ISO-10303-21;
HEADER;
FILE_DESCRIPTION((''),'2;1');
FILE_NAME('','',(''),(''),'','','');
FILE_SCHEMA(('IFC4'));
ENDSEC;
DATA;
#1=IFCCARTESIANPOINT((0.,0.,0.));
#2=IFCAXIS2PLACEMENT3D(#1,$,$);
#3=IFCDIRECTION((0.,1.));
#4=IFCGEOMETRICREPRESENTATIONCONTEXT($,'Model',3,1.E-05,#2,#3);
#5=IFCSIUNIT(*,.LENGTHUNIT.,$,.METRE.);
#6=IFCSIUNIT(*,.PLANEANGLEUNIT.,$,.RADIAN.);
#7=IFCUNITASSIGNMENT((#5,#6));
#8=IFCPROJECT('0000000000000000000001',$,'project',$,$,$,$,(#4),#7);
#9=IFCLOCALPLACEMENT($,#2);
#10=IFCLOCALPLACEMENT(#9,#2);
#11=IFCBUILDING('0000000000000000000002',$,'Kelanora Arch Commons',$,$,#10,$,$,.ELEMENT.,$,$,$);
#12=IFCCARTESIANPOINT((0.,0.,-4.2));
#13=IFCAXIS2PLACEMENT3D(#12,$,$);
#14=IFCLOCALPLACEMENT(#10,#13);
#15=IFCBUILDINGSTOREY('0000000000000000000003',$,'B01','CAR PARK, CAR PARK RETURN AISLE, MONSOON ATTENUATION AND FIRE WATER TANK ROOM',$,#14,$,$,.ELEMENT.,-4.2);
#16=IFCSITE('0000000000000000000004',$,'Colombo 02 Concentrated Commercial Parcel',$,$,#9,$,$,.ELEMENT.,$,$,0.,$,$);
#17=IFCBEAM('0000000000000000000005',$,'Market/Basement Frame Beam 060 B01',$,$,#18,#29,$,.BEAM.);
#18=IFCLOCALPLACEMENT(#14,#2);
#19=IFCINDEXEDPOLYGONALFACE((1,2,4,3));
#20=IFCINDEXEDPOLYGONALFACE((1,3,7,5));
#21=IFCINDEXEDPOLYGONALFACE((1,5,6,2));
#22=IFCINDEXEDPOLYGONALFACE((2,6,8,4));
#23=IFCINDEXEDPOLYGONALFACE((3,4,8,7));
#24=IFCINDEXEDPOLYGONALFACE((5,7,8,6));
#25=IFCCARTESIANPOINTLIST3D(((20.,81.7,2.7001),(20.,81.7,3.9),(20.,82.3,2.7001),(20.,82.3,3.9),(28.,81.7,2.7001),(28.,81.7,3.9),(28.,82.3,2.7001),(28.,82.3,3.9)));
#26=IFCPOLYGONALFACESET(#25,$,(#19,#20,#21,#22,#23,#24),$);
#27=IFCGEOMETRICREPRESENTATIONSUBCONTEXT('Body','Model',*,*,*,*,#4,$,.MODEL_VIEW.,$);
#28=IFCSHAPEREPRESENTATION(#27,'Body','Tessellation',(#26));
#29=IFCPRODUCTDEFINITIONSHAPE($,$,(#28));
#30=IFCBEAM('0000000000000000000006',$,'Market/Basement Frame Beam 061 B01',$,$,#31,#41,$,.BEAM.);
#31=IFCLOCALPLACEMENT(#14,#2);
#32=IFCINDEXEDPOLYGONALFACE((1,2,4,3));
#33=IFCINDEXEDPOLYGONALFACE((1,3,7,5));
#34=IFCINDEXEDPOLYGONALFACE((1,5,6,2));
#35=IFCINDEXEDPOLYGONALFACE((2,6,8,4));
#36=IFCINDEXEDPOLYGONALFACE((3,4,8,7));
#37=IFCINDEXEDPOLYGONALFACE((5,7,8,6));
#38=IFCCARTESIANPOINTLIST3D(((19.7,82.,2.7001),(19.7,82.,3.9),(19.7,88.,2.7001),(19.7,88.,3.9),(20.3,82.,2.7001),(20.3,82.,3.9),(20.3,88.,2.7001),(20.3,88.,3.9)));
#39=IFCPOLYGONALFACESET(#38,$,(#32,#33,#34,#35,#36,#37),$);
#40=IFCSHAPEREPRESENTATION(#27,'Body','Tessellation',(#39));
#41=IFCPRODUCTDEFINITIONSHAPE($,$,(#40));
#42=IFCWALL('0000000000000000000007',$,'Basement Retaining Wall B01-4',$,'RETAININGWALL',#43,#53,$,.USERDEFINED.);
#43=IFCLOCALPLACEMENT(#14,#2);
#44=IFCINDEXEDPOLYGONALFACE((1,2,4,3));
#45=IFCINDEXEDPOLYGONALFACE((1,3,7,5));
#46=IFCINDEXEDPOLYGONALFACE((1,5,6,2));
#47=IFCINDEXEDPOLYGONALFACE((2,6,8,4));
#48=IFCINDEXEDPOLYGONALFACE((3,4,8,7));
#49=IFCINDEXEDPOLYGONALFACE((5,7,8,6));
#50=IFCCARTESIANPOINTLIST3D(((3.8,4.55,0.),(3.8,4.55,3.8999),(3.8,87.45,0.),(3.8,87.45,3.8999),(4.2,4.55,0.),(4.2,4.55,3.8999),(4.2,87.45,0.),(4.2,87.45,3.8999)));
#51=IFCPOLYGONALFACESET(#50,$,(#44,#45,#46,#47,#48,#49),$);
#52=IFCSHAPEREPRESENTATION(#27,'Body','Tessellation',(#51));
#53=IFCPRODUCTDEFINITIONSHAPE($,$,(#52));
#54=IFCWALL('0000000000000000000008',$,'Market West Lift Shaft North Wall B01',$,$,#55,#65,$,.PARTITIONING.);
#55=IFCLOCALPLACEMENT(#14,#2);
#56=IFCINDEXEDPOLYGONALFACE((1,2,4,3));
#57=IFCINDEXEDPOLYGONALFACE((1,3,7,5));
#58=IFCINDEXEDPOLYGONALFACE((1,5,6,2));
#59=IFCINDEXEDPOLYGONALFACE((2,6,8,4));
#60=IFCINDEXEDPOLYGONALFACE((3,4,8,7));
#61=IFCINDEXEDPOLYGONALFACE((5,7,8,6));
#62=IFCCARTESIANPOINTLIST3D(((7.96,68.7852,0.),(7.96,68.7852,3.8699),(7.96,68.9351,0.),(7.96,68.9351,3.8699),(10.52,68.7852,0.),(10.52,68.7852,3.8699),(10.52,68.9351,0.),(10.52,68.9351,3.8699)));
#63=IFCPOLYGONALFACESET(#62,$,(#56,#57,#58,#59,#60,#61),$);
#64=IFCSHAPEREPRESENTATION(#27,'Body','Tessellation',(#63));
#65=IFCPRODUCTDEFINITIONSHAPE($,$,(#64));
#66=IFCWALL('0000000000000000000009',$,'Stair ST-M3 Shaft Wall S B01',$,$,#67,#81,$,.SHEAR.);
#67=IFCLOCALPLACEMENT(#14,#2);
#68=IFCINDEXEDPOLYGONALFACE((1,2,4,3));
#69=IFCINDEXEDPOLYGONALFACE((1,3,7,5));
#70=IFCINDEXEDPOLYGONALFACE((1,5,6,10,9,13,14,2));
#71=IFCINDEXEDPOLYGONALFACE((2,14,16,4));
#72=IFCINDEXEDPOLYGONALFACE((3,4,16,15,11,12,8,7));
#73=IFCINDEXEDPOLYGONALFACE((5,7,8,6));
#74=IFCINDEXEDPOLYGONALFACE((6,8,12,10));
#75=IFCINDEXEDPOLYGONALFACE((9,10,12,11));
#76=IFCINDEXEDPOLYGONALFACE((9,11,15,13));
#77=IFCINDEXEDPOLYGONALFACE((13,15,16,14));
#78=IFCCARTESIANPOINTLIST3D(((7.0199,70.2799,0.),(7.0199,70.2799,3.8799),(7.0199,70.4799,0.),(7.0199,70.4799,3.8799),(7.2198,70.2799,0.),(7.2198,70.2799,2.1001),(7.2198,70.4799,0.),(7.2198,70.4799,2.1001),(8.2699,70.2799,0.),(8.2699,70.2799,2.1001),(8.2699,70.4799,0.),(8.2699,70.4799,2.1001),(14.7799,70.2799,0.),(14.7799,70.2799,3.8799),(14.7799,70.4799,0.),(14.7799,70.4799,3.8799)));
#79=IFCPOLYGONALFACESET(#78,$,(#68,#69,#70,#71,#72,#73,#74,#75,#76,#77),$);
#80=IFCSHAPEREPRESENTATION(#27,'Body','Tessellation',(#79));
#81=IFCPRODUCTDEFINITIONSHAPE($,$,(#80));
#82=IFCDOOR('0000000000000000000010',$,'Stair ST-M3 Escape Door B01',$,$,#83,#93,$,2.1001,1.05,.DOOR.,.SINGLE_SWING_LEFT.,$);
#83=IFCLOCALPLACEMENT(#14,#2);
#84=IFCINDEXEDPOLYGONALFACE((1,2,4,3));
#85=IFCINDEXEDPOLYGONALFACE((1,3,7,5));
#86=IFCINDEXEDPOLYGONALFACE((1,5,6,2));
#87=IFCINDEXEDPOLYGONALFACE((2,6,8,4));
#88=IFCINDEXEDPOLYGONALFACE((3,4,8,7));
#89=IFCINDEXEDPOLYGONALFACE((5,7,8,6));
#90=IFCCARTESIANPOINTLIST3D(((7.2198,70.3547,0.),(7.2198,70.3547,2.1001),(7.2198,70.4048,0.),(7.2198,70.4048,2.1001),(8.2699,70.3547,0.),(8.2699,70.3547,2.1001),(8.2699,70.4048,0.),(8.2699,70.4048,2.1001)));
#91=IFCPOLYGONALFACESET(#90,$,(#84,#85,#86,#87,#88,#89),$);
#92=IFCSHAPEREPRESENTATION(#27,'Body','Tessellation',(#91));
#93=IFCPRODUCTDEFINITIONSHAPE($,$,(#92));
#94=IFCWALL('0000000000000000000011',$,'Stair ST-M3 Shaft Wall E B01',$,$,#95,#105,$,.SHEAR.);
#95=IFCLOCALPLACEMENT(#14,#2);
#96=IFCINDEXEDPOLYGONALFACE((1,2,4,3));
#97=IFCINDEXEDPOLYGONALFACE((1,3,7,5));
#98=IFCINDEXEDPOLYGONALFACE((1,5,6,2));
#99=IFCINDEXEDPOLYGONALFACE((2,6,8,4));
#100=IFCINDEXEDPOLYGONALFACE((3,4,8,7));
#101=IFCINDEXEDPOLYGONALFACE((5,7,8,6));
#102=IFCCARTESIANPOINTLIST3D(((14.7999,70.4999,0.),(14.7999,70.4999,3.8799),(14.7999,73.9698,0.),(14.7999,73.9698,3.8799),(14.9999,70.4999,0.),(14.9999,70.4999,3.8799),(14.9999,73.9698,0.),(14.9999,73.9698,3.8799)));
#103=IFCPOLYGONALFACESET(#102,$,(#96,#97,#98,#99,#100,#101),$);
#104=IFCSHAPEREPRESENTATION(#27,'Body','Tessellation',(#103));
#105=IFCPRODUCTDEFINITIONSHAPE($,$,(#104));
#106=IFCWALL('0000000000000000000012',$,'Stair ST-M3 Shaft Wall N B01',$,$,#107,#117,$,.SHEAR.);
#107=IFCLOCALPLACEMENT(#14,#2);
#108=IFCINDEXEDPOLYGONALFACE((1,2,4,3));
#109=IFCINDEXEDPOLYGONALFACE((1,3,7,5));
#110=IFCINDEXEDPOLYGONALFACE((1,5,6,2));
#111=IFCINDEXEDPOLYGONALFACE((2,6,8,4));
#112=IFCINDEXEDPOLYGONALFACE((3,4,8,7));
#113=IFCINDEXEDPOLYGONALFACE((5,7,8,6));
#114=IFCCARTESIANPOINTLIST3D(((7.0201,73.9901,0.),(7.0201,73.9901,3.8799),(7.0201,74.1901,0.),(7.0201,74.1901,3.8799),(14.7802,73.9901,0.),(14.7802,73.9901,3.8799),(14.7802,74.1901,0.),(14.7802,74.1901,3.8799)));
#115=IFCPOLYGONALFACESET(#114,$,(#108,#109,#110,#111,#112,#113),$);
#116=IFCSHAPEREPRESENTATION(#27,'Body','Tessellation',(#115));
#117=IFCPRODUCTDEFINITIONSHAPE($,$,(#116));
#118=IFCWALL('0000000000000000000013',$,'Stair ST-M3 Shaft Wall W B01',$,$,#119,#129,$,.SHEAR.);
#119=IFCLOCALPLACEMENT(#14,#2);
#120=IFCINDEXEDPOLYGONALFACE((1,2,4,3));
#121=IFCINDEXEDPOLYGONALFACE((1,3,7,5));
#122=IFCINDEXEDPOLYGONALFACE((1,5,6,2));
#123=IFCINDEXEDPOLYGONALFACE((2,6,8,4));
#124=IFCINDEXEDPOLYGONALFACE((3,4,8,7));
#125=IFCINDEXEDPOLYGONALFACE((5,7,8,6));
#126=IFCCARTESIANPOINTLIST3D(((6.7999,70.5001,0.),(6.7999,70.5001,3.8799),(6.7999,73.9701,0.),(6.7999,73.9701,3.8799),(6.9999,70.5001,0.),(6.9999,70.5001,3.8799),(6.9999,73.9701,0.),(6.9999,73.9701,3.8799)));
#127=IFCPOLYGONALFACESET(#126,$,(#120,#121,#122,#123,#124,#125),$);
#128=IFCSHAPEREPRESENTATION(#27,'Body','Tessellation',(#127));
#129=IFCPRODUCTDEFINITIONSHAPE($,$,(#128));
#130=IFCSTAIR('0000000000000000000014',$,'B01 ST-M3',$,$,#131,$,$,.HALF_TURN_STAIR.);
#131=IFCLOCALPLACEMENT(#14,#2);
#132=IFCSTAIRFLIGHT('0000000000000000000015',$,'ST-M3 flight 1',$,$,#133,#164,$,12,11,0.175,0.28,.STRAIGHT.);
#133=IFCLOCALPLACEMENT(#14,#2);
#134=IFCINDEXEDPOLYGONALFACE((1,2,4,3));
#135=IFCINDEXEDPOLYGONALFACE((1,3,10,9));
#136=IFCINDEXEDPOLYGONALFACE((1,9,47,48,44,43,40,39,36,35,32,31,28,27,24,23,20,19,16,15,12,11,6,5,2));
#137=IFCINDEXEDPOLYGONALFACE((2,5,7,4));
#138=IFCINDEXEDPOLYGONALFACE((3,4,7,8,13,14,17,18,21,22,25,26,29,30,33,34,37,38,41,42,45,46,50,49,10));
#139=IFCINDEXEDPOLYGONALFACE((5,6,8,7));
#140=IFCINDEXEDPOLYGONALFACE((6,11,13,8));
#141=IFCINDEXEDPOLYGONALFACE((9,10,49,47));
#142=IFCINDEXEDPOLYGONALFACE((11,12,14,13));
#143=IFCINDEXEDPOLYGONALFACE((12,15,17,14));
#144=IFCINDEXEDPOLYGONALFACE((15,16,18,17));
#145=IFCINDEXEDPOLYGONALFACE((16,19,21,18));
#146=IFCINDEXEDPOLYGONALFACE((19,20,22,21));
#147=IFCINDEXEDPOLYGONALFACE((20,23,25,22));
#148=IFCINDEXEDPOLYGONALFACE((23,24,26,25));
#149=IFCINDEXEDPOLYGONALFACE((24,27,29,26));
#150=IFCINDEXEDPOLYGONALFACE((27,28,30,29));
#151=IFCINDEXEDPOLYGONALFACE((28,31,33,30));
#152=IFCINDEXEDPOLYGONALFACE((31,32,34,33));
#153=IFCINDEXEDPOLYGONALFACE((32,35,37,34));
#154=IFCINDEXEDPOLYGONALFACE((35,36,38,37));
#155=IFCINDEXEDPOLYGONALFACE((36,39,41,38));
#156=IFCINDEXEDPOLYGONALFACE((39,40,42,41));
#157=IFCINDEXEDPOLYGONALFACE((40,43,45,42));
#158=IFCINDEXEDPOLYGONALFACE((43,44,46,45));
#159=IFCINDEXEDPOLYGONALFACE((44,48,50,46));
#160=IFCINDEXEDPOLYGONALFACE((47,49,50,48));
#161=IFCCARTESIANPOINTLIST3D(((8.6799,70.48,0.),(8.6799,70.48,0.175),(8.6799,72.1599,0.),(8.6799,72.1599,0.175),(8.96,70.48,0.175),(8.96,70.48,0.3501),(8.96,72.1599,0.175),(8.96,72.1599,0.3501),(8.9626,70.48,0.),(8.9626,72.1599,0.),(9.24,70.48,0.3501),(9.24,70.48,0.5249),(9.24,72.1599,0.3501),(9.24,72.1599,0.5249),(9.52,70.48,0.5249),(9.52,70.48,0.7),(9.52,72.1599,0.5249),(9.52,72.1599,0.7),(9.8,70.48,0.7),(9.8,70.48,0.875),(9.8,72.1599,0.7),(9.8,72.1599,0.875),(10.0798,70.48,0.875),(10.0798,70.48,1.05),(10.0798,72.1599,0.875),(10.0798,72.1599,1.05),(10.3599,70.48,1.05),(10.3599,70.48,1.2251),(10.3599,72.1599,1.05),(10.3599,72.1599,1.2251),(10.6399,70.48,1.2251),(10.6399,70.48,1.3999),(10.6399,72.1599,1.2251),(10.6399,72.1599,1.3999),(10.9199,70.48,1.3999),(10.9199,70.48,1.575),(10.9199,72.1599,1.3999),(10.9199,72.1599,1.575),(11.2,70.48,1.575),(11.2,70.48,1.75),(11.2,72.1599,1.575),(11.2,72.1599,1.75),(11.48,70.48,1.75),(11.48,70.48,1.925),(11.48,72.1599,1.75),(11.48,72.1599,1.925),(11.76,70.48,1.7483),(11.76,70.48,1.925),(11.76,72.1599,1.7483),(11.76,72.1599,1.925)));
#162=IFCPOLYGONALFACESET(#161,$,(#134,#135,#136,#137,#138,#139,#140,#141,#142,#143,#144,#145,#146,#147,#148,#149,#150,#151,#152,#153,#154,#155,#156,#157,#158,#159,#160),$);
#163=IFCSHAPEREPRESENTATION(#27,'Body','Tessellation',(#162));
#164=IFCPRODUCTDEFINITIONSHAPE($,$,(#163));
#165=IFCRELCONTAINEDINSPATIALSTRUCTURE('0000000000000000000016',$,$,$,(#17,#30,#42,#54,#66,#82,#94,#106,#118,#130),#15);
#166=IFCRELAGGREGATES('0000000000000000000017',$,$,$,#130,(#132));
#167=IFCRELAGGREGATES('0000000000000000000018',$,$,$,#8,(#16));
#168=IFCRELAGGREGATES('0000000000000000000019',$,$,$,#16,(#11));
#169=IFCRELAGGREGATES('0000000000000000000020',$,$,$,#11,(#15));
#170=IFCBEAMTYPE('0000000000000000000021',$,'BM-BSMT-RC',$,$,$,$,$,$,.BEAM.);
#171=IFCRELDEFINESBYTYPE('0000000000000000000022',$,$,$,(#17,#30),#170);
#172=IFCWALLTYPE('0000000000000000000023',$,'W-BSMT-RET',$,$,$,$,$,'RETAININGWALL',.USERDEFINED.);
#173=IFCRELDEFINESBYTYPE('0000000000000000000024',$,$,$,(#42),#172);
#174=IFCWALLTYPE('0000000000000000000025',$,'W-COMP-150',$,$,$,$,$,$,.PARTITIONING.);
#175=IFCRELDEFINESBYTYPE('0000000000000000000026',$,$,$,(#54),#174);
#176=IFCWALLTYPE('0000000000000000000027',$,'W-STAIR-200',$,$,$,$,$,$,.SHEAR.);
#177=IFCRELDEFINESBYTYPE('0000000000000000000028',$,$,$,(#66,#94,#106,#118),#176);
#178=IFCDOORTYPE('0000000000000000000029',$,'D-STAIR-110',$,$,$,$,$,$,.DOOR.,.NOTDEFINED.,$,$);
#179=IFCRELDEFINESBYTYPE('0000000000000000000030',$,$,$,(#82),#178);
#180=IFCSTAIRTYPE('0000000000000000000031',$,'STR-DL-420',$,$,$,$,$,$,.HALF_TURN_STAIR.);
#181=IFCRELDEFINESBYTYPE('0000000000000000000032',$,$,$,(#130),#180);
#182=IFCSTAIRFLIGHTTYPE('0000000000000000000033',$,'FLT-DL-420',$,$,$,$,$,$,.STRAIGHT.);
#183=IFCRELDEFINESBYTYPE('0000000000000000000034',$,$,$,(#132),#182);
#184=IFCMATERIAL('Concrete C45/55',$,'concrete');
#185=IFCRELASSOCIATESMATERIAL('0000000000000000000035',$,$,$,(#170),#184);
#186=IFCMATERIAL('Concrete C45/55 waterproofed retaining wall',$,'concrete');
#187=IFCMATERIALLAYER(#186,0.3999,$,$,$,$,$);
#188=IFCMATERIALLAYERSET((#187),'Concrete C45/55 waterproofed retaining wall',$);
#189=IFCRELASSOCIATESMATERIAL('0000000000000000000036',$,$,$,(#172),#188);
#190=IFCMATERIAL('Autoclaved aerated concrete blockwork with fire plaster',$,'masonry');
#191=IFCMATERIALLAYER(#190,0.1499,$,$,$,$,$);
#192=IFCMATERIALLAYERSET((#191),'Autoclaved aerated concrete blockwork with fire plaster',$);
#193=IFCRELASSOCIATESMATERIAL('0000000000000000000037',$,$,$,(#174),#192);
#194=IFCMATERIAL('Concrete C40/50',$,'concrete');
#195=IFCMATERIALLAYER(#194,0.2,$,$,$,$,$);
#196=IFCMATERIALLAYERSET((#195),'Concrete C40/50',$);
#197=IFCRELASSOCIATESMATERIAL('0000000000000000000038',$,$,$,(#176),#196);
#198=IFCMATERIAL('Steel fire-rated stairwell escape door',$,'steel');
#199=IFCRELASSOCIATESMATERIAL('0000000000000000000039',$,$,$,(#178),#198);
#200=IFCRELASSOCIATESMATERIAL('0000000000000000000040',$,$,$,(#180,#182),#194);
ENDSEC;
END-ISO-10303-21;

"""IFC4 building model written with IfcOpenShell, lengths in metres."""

from ifc_helpers import new_model, si_unit, direction, frame, frame_2d, origin, origin_2d, place, context, subcontext, project, spatial, polyline, rectangle, outline, extrude, material, layer, layer_set, material_profile, profile_set, type_object, element, fill, aggregate, save


model = new_model("IFC4")

# Units and contexts
model_context = context("Model", 3, precision=1e-05, world=origin(), true_north=direction((0.0, 1.0)))
body_context = subcontext(model_context, "Body", "Model", "MODEL_VIEW")
ifc_project = project(units=[si_unit("LENGTHUNIT", "METRE"), si_unit("PLANEANGLEUNIT", "RADIAN")], contexts=[model_context])

# Site, building, storey
site_placement = place(None, origin())
site = spatial("IfcSite", under=ifc_project, at=site_placement, Name="Colombo 02 Concentrated Commercial Parcel", CompositionType="ELEMENT", RefElevation=0.0)
building_placement = place(site_placement, origin())
building = spatial("IfcBuilding", under=site, at=building_placement, Name="Kelanora Arch Commons", CompositionType="ELEMENT")
storey_placement = place(building_placement, frame((0.0, 0.0, -4.2)))
storey = spatial("IfcBuildingStorey", under=building, at=storey_placement, Name="B01", Description="CAR PARK, CAR PARK RETURN AISLE, MONSOON ATTENUATION AND FIRE WATER TANK ROOM", CompositionType="ELEMENT", Elevation=-4.2)

# Beams
ifc_material_1 = material(Name="Concrete C45/55", Category="concrete")
ifc_material_profile_1 = material_profile(ifc_material_1, rectangle(XDim=0.6001, YDim=1.2, at=origin_2d()), Name="RCB600x1200")
ifc_profile_set_1 = profile_set([ifc_material_profile_1], Name="Concrete C45/55")
beam_type = type_object("IfcBeamType", Name="BM-BSMT-RC", PredefinedType="BEAM", material=ifc_profile_set_1)
for number, where, z_axis, x_axis, name in (
    (1, (20.0, 82.0, 3.3), (1.0, 0.0, 0.0), (0.0, 1.0, 0.0), "Market/Basement Frame Beam 060 B01"),
):
    element("IfcBeam", number, at=place(storey_placement, frame(where, z_axis=z_axis, x_axis=x_axis)), inside=storey, type_object=beam_type, Name=name, PredefinedType="BEAM", context=body_context, shape_type="SweptSolid", body=[
        extrude(rectangle(XDim=0.6001, YDim=1.2, at=origin_2d()), origin(), (0.0, 0.0, 1.0), 8.0),
    ])
beam_1_placement = place(storey_placement, frame((20.0, 82.0, 3.3), z_axis=(0.0, 1.0, 0.0), x_axis=(-1.0, 0.0, 0.0)))
element("IfcBeam", 2, at=beam_1_placement, inside=storey, type_object=beam_type, Name="Market/Basement Frame Beam 061 B01", PredefinedType="BEAM", context=body_context, shape_type="SweptSolid", body=[
    extrude(rectangle(XDim=0.6001, YDim=1.2, at=origin_2d()), origin(), (0.0, 0.0, 1.0), 6.0),
])

# Walls
ifc_material_2 = material(Name="Concrete C45/55 waterproofed retaining wall", Category="concrete")
ifc_layer_1 = layer(ifc_material_2, 0.3999)
ifc_layer_set_1 = layer_set([ifc_layer_1], Name="Concrete C45/55 waterproofed retaining wall")
wall_type_1 = type_object("IfcWallType", Name="W-BSMT-RET", ElementType="RETAININGWALL", PredefinedType="USERDEFINED", material=ifc_layer_set_1)
wall_1_placement = place(storey_placement, frame((4.0, 87.45, 0.0), z_axis=(0.0, 0.0, 1.0), x_axis=(0.0, -1.0, 0.0)))
element("IfcWall", 3, at=wall_1_placement, inside=storey, type_object=wall_type_1, Name="Basement Retaining Wall B01-4", ObjectType="RETAININGWALL", PredefinedType="USERDEFINED", context=body_context, shape_type="SweptSolid", body=[
    extrude(rectangle(XDim=82.8999, YDim=0.3999, at=frame_2d((41.45, 0.0))), origin(), (0.0, 0.0, 1.0), 3.8999),
])
ifc_material_3 = material(Name="Autoclaved aerated concrete blockwork with fire plaster", Category="masonry")
ifc_layer_2 = layer(ifc_material_3, 0.1499)
ifc_layer_set_2 = layer_set([ifc_layer_2], Name="Autoclaved aerated concrete blockwork with fire plaster")
wall_type_2 = type_object("IfcWallType", Name="W-COMP-150", PredefinedType="PARTITIONING", material=ifc_layer_set_2)
wall_2_placement = place(storey_placement, frame((7.96, 68.8601, 0.0), z_axis=(0.0, 0.0, 1.0), x_axis=(1.0, 0.0, 0.0)))
element("IfcWall", 4, at=wall_2_placement, inside=storey, type_object=wall_type_2, Name="Market West Lift Shaft North Wall B01", PredefinedType="PARTITIONING", context=body_context, shape_type="SweptSolid", body=[
    extrude(rectangle(XDim=2.5601, YDim=0.1499, at=frame_2d((1.28, 0.0))), origin(), (0.0, 0.0, 1.0), 3.8699),
])

# Wall, opening, door
ifc_material_4 = material(Name="Concrete C40/50", Category="concrete")
ifc_layer_3 = layer(ifc_material_4, 0.2)
ifc_layer_set_3 = layer_set([ifc_layer_3], Name="Concrete C40/50")
wall_type_3 = type_object("IfcWallType", Name="W-STAIR-200", PredefinedType="SHEAR", material=ifc_layer_set_3)
wall_3_placement = place(storey_placement, frame((7.02, 70.3799, 0.0), z_axis=(0.0, 0.0, 1.0), x_axis=(1.0, 0.0, 0.0)))
wall_3 = element("IfcWall", 5, at=wall_3_placement, inside=storey, type_object=wall_type_3, Name="Stair ST-M3 Shaft Wall S B01", PredefinedType="SHEAR", context=body_context, shape_type="SweptSolid", body=[
    extrude(rectangle(XDim=7.76, YDim=0.2, at=frame_2d((3.8799, 0.0))), origin(), (0.0, 0.0, 1.0), 3.8799),
])
opening_placement = place(wall_3_placement, frame((0.2, 0.0, 0.0)))
opening = element("IfcOpeningElement", 6, at=opening_placement, cuts=wall_3, PredefinedType="OPENING", context=body_context, shape_type="SweptSolid", body=[
    extrude(rectangle(XDim=1.05, YDim=2.1001, at=frame_2d((0.5249, 1.05))), frame((0.0, 0.1099, 0.0), z_axis=(0.0, -1.0, 0.0), x_axis=(1.0, 0.0, 0.0)), (0.0, 0.0, 1.0), 0.22),
])
ifc_material_5 = material(Name="Steel fire-rated stairwell escape door", Category="steel")
door_type = type_object("IfcDoorType", Name="D-STAIR-110", OperationType="NOTDEFINED", PredefinedType="DOOR", material=ifc_material_5)
door_placement = place(opening_placement, origin())
door = element("IfcDoor", 7, at=door_placement, inside=storey, type_object=door_type, Name="Stair ST-M3 Escape Door B01", OperationType="SINGLE_SWING_LEFT", OverallHeight=2.1001, OverallWidth=1.05, PredefinedType="DOOR", context=body_context, shape_type="SweptSolid", body=[
    extrude(rectangle(XDim=1.05, YDim=2.1001, at=frame_2d((0.5249, 1.05))), frame((0.0, 0.0249, 0.0), z_axis=(0.0, -1.0, 0.0), x_axis=(1.0, 0.0, 0.0)), (0.0, 0.0, 1.0), 0.05),
])
fill(opening, door)

# Walls
wall_4_placement = place(storey_placement, frame((14.8999, 70.5, 0.0), z_axis=(0.0, 0.0, 1.0), x_axis=(0.0, 1.0, 0.0)))
element("IfcWall", 8, at=wall_4_placement, inside=storey, type_object=wall_type_3, Name="Stair ST-M3 Shaft Wall E B01", PredefinedType="SHEAR", context=body_context, shape_type="SweptSolid", body=[
    extrude(rectangle(XDim=3.47, YDim=0.2, at=frame_2d((1.7349, 0.0))), origin(), (0.0, 0.0, 1.0), 3.8799),
])
wall_5_placement = place(storey_placement, frame((14.78, 74.0901, 0.0), z_axis=(0.0, 0.0, 1.0), x_axis=(-1.0, 0.0, 0.0)))
element("IfcWall", 9, at=wall_5_placement, inside=storey, type_object=wall_type_3, Name="Stair ST-M3 Shaft Wall N B01", PredefinedType="SHEAR", context=body_context, shape_type="SweptSolid", body=[
    extrude(rectangle(XDim=7.76, YDim=0.2, at=frame_2d((3.8799, 0.0))), origin(), (0.0, 0.0, 1.0), 3.8799),
])
wall_6_placement = place(storey_placement, frame((6.8999, 73.97, 0.0), z_axis=(0.0, 0.0, 1.0), x_axis=(0.0, -1.0, 0.0)))
element("IfcWall", 10, at=wall_6_placement, inside=storey, type_object=wall_type_3, Name="Stair ST-M3 Shaft Wall W B01", PredefinedType="SHEAR", context=body_context, shape_type="SweptSolid", body=[
    extrude(rectangle(XDim=3.47, YDim=0.2, at=frame_2d((1.7349, 0.0))), origin(), (0.0, 0.0, 1.0), 3.8799),
])

# Stair, stair flight
stair_type = type_object("IfcStairType", Name="STR-DL-420", PredefinedType="HALF_TURN_STAIR", material=ifc_material_4)
stair_placement = place(storey_placement, origin())
stair = element("IfcStair", 11, at=stair_placement, inside=storey, type_object=stair_type, Name="B01 ST-M3", PredefinedType="HALF_TURN_STAIR")
stair_flight_type = type_object("IfcStairFlightType", Name="FLT-DL-420", PredefinedType="STRAIGHT", material=ifc_material_4)
stair_flight_1_placement = place(storey_placement, frame((8.6799, 71.3201, 0.0), z_axis=(0.0, 0.0, 1.0), x_axis=(1.0, 0.0, 0.0)))
stair_flight_1 = element("IfcStairFlight", 12, at=stair_flight_1_placement, type_object=stair_flight_type, Name="ST-M3 flight 1", NumberOfRisers=12, NumberOfTreads=11, PredefinedType="STRAIGHT", RiserHeight=0.175, TreadLength=0.28, context=body_context, shape_type="SweptSolid", body=[
    extrude(outline(polyline([(0.0, 0.0), (0.0, 0.175), (0.28, 0.175), (0.28, 0.3501), (0.5601, 0.3501), (0.5601, 0.5249), (0.8401, 0.5249), (0.8401, 0.7), (1.1201, 0.7), (1.1201, 0.875), (1.3999, 0.875), (1.3999, 1.05), (1.6799, 1.05), (1.6799, 1.2251), (1.96, 1.2251), (1.96, 1.3999), (2.24, 1.3999), (2.24, 1.575), (2.52, 1.575), (2.52, 1.75), (2.8, 1.75), (2.8, 1.925), (3.0801, 1.925), (3.0801, 2.1001), (3.0801, 1.7483), (0.2827, 0.0), (0.0, 0.0)])), frame((0.0, 0.8398, 0.0), z_axis=(0.0, -1.0, 0.0), x_axis=(1.0, 0.0, 0.0)), (0.0, 0.0, 1.0), 1.6799),
])
aggregate(stair, [stair_flight_1])

save(model, "model.ifc")
